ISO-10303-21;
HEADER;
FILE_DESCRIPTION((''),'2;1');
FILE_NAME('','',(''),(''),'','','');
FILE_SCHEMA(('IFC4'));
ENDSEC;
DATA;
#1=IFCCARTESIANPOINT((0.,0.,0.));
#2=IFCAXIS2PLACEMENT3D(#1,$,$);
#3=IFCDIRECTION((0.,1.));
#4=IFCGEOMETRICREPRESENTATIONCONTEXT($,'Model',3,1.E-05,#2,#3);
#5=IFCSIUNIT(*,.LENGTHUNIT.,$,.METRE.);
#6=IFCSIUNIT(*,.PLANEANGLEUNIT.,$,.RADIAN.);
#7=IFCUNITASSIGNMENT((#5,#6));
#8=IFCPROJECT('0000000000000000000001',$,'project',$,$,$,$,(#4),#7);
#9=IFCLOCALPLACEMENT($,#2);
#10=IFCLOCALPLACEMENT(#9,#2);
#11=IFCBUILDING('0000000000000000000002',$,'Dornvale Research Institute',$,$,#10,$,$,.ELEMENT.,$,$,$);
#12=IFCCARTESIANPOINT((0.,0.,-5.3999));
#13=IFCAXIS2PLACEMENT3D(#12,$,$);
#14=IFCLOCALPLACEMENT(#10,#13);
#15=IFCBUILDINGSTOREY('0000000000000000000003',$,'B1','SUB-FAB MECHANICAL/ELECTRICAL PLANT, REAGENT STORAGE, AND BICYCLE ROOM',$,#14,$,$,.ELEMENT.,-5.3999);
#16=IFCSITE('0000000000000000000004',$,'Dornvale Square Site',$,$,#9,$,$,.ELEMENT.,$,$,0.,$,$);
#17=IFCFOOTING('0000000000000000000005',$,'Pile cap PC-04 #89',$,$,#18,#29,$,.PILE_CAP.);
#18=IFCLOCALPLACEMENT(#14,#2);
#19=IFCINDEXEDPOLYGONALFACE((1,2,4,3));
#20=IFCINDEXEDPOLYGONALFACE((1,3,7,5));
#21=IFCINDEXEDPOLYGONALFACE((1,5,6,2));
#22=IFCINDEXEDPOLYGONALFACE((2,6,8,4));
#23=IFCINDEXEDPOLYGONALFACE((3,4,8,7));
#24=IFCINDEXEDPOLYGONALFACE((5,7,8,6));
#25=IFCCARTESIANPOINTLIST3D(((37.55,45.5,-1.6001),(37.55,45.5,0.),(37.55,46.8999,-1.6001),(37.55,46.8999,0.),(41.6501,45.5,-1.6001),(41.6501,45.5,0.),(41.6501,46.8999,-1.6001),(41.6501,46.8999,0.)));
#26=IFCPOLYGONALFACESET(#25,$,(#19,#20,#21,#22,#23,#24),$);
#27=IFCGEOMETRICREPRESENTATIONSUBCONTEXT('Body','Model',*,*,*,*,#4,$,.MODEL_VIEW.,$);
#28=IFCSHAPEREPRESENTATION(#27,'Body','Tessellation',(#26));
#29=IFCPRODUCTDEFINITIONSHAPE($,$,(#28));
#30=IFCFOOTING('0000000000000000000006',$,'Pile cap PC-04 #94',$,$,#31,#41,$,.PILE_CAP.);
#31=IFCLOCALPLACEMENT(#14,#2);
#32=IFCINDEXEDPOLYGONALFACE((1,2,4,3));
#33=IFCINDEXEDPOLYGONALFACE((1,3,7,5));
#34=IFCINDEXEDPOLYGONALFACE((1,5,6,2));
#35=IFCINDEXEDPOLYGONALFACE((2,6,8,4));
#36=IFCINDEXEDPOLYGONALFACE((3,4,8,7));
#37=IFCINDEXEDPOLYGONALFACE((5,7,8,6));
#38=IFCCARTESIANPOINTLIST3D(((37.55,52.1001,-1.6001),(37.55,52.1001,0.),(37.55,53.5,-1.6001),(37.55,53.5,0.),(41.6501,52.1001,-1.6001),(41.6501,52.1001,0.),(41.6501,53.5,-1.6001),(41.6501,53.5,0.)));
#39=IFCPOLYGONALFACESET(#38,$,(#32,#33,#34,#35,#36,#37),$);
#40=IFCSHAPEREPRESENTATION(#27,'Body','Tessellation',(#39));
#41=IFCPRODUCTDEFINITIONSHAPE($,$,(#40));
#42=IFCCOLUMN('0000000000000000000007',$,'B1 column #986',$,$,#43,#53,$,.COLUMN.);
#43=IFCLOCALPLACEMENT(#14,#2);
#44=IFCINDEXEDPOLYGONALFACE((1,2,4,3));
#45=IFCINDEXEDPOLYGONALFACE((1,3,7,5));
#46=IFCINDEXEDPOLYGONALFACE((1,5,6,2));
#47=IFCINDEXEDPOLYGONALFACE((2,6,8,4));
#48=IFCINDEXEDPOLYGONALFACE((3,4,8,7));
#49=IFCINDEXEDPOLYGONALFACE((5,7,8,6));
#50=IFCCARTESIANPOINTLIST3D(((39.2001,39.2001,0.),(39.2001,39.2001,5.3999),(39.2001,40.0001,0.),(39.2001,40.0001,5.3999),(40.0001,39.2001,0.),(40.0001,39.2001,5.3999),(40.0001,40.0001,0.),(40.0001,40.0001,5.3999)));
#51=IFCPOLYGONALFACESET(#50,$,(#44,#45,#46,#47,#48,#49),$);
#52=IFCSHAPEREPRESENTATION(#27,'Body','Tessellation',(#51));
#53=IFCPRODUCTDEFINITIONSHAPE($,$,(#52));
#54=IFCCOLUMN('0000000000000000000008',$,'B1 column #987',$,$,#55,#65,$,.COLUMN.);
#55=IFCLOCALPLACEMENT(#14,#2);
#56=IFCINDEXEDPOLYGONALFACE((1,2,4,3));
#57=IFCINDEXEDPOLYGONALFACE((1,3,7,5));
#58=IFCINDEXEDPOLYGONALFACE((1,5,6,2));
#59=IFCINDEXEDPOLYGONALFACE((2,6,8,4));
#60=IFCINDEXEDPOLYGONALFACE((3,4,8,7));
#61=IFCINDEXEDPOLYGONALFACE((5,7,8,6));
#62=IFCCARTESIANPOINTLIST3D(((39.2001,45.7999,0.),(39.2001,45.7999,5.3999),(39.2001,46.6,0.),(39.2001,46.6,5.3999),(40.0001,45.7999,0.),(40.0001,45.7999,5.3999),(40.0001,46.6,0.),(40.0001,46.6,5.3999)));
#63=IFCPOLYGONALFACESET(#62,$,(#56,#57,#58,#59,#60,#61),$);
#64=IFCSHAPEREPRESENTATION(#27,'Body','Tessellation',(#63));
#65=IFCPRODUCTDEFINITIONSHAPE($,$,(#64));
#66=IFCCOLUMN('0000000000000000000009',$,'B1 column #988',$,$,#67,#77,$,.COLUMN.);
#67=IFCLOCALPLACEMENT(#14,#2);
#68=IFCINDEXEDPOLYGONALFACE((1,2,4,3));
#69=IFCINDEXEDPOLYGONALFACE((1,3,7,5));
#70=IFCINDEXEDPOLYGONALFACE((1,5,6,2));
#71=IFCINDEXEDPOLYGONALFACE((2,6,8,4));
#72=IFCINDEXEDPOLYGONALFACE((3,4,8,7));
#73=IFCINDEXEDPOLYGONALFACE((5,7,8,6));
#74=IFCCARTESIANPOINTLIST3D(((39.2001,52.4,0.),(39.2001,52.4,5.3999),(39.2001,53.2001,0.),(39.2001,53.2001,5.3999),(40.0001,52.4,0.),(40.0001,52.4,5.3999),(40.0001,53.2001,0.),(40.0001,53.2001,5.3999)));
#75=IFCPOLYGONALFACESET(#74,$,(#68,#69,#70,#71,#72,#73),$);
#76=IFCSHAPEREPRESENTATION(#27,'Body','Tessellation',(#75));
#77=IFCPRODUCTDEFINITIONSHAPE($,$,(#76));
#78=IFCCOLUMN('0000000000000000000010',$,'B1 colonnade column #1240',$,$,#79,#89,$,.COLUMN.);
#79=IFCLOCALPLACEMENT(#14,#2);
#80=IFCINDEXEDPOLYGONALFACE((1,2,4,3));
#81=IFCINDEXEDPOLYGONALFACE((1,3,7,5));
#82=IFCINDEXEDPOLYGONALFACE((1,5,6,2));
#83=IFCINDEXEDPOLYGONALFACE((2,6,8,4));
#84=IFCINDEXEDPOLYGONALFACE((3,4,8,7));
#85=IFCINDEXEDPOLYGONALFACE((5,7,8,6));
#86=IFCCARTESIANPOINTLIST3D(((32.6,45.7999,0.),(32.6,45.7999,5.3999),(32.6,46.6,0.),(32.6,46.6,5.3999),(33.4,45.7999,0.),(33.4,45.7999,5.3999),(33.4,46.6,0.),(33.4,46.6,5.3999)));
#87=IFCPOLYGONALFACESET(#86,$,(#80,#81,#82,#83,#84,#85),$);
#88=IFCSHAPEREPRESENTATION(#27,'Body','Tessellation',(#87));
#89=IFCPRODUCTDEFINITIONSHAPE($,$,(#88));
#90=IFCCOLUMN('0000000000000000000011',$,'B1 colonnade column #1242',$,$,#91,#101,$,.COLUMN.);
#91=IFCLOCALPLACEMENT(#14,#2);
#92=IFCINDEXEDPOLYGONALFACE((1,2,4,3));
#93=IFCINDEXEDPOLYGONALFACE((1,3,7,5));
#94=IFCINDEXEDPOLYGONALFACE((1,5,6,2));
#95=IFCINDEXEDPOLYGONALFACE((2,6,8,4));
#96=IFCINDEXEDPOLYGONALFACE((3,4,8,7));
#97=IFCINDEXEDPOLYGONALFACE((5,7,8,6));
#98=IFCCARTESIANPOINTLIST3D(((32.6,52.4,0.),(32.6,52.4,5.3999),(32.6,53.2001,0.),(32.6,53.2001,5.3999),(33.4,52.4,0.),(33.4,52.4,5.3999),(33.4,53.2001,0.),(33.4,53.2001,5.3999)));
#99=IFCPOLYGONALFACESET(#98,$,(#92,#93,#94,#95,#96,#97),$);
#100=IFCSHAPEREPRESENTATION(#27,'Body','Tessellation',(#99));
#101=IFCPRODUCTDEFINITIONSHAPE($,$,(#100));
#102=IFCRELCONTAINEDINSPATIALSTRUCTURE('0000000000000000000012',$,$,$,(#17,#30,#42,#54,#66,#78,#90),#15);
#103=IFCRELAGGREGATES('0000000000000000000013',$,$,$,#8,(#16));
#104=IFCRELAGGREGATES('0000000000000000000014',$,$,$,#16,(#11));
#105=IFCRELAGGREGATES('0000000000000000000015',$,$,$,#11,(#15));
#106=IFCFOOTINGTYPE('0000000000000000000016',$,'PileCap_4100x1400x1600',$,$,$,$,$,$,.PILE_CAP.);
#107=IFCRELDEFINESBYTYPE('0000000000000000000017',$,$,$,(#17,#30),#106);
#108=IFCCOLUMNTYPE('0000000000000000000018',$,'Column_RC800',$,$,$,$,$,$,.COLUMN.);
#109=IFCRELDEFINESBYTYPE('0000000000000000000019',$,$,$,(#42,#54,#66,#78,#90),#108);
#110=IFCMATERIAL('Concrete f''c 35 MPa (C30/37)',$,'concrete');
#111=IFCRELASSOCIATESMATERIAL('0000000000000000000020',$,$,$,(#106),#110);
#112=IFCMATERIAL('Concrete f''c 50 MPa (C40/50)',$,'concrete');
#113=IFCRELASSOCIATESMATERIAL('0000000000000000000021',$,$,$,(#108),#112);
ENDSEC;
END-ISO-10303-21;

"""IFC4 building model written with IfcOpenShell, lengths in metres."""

from ifc_helpers import new_model, si_unit, direction, frame, origin, origin_2d, place, context, subcontext, project, spatial, rectangle, extrude, material, material_profile, profile_set, type_object, element, save


model = new_model("IFC4")

# Units and contexts
model_context = context("Model", 3, precision=1e-05, world=origin(), true_north=direction((0.0, 1.0)))
body_context = subcontext(model_context, "Body", "Model", "MODEL_VIEW")
ifc_project = project(units=[si_unit("LENGTHUNIT", "METRE"), si_unit("PLANEANGLEUNIT", "RADIAN")], contexts=[model_context])

# Site, building, storey
site_placement = place(None, origin())
site = spatial("IfcSite", under=ifc_project, at=site_placement, Name="Dornvale Square Site", CompositionType="ELEMENT", RefElevation=0.0)
building_placement = place(site_placement, origin())
building = spatial("IfcBuilding", under=site, at=building_placement, Name="Dornvale Research Institute", CompositionType="ELEMENT")
storey_placement = place(building_placement, frame((0.0, 0.0, -5.3999)))
storey = spatial("IfcBuildingStorey", under=building, at=storey_placement, Name="B1", Description="SUB-FAB MECHANICAL/ELECTRICAL PLANT, REAGENT STORAGE, AND BICYCLE ROOM", CompositionType="ELEMENT", Elevation=-5.3999)

# Footings
ifc_material_1 = material(Name="Concrete f'c 35 MPa (C30/37)", Category="concrete")
footing_type_1 = type_object("IfcFootingType", Name="PileCap_4100x1400x1600", PredefinedType="PILE_CAP", material=ifc_material_1)
for number, where, z_axis, x_axis, name in (
    (1, (39.6001, 46.2, -1.6001), (0.0, 0.0, 1.0), (1.0, 0.0, 0.0), "Pile cap PC-04 #89"),
    (2, (39.6001, 52.8, -1.6001), (0.0, 0.0, 1.0), (1.0, 0.0, 0.0), "Pile cap PC-04 #94"),
):
    element("IfcFooting", number, at=place(storey_placement, frame(where, z_axis=z_axis, x_axis=x_axis)), inside=storey, type_object=footing_type_1, Name=name, PredefinedType="PILE_CAP", context=body_context, shape_type="SweptSolid", body=[
        extrude(rectangle(XDim=4.1001, YDim=1.3999, at=origin_2d()), origin(), (0.0, 0.0, 1.0), 1.6001),
    ])

# Columns
ifc_material_2 = material(Name="Concrete f'c 50 MPa (C40/50)", Category="concrete")
ifc_material_profile_1 = material_profile(ifc_material_2, rectangle(XDim=0.8, YDim=0.8, at=origin_2d()), Name="RC 800x800")
ifc_profile_set_1 = profile_set([ifc_material_profile_1], Name="Concrete f'c 50 MPa (C40/50)")
column_type = type_object("IfcColumnType", Name="Column_RC800", PredefinedType="COLUMN", material=ifc_profile_set_1)
for number, where, z_axis, x_axis, name in (
    (3, (39.6001, 39.6001, 0.0), (0.0, 0.0, 1.0), (1.0, 0.0, 0.0), "B1 column #986"),
    (4, (39.6001, 46.2, 0.0), (0.0, 0.0, 1.0), (1.0, 0.0, 0.0), "B1 column #987"),
    (5, (39.6001, 52.8, 0.0), (0.0, 0.0, 1.0), (1.0, 0.0, 0.0), "B1 column #988"),
    (6, (33.0, 46.2, 0.0), (0.0, 0.0, 1.0), (1.0, 0.0, 0.0), "B1 colonnade column #1240"),
    (7, (33.0, 52.8, 0.0), (0.0, 0.0, 1.0), (1.0, 0.0, 0.0), "B1 colonnade column #1242"),
):
    element("IfcColumn", number, at=place(storey_placement, frame(where, z_axis=z_axis, x_axis=x_axis)), inside=storey, type_object=column_type, Name=name, PredefinedType="COLUMN", context=body_context, shape_type="SweptSolid", body=[
        extrude(rectangle(XDim=0.8, YDim=0.8, at=origin_2d()), origin(), (0.0, 0.0, 1.0), 5.3999),
    ])

save(model, "model.ifc")
